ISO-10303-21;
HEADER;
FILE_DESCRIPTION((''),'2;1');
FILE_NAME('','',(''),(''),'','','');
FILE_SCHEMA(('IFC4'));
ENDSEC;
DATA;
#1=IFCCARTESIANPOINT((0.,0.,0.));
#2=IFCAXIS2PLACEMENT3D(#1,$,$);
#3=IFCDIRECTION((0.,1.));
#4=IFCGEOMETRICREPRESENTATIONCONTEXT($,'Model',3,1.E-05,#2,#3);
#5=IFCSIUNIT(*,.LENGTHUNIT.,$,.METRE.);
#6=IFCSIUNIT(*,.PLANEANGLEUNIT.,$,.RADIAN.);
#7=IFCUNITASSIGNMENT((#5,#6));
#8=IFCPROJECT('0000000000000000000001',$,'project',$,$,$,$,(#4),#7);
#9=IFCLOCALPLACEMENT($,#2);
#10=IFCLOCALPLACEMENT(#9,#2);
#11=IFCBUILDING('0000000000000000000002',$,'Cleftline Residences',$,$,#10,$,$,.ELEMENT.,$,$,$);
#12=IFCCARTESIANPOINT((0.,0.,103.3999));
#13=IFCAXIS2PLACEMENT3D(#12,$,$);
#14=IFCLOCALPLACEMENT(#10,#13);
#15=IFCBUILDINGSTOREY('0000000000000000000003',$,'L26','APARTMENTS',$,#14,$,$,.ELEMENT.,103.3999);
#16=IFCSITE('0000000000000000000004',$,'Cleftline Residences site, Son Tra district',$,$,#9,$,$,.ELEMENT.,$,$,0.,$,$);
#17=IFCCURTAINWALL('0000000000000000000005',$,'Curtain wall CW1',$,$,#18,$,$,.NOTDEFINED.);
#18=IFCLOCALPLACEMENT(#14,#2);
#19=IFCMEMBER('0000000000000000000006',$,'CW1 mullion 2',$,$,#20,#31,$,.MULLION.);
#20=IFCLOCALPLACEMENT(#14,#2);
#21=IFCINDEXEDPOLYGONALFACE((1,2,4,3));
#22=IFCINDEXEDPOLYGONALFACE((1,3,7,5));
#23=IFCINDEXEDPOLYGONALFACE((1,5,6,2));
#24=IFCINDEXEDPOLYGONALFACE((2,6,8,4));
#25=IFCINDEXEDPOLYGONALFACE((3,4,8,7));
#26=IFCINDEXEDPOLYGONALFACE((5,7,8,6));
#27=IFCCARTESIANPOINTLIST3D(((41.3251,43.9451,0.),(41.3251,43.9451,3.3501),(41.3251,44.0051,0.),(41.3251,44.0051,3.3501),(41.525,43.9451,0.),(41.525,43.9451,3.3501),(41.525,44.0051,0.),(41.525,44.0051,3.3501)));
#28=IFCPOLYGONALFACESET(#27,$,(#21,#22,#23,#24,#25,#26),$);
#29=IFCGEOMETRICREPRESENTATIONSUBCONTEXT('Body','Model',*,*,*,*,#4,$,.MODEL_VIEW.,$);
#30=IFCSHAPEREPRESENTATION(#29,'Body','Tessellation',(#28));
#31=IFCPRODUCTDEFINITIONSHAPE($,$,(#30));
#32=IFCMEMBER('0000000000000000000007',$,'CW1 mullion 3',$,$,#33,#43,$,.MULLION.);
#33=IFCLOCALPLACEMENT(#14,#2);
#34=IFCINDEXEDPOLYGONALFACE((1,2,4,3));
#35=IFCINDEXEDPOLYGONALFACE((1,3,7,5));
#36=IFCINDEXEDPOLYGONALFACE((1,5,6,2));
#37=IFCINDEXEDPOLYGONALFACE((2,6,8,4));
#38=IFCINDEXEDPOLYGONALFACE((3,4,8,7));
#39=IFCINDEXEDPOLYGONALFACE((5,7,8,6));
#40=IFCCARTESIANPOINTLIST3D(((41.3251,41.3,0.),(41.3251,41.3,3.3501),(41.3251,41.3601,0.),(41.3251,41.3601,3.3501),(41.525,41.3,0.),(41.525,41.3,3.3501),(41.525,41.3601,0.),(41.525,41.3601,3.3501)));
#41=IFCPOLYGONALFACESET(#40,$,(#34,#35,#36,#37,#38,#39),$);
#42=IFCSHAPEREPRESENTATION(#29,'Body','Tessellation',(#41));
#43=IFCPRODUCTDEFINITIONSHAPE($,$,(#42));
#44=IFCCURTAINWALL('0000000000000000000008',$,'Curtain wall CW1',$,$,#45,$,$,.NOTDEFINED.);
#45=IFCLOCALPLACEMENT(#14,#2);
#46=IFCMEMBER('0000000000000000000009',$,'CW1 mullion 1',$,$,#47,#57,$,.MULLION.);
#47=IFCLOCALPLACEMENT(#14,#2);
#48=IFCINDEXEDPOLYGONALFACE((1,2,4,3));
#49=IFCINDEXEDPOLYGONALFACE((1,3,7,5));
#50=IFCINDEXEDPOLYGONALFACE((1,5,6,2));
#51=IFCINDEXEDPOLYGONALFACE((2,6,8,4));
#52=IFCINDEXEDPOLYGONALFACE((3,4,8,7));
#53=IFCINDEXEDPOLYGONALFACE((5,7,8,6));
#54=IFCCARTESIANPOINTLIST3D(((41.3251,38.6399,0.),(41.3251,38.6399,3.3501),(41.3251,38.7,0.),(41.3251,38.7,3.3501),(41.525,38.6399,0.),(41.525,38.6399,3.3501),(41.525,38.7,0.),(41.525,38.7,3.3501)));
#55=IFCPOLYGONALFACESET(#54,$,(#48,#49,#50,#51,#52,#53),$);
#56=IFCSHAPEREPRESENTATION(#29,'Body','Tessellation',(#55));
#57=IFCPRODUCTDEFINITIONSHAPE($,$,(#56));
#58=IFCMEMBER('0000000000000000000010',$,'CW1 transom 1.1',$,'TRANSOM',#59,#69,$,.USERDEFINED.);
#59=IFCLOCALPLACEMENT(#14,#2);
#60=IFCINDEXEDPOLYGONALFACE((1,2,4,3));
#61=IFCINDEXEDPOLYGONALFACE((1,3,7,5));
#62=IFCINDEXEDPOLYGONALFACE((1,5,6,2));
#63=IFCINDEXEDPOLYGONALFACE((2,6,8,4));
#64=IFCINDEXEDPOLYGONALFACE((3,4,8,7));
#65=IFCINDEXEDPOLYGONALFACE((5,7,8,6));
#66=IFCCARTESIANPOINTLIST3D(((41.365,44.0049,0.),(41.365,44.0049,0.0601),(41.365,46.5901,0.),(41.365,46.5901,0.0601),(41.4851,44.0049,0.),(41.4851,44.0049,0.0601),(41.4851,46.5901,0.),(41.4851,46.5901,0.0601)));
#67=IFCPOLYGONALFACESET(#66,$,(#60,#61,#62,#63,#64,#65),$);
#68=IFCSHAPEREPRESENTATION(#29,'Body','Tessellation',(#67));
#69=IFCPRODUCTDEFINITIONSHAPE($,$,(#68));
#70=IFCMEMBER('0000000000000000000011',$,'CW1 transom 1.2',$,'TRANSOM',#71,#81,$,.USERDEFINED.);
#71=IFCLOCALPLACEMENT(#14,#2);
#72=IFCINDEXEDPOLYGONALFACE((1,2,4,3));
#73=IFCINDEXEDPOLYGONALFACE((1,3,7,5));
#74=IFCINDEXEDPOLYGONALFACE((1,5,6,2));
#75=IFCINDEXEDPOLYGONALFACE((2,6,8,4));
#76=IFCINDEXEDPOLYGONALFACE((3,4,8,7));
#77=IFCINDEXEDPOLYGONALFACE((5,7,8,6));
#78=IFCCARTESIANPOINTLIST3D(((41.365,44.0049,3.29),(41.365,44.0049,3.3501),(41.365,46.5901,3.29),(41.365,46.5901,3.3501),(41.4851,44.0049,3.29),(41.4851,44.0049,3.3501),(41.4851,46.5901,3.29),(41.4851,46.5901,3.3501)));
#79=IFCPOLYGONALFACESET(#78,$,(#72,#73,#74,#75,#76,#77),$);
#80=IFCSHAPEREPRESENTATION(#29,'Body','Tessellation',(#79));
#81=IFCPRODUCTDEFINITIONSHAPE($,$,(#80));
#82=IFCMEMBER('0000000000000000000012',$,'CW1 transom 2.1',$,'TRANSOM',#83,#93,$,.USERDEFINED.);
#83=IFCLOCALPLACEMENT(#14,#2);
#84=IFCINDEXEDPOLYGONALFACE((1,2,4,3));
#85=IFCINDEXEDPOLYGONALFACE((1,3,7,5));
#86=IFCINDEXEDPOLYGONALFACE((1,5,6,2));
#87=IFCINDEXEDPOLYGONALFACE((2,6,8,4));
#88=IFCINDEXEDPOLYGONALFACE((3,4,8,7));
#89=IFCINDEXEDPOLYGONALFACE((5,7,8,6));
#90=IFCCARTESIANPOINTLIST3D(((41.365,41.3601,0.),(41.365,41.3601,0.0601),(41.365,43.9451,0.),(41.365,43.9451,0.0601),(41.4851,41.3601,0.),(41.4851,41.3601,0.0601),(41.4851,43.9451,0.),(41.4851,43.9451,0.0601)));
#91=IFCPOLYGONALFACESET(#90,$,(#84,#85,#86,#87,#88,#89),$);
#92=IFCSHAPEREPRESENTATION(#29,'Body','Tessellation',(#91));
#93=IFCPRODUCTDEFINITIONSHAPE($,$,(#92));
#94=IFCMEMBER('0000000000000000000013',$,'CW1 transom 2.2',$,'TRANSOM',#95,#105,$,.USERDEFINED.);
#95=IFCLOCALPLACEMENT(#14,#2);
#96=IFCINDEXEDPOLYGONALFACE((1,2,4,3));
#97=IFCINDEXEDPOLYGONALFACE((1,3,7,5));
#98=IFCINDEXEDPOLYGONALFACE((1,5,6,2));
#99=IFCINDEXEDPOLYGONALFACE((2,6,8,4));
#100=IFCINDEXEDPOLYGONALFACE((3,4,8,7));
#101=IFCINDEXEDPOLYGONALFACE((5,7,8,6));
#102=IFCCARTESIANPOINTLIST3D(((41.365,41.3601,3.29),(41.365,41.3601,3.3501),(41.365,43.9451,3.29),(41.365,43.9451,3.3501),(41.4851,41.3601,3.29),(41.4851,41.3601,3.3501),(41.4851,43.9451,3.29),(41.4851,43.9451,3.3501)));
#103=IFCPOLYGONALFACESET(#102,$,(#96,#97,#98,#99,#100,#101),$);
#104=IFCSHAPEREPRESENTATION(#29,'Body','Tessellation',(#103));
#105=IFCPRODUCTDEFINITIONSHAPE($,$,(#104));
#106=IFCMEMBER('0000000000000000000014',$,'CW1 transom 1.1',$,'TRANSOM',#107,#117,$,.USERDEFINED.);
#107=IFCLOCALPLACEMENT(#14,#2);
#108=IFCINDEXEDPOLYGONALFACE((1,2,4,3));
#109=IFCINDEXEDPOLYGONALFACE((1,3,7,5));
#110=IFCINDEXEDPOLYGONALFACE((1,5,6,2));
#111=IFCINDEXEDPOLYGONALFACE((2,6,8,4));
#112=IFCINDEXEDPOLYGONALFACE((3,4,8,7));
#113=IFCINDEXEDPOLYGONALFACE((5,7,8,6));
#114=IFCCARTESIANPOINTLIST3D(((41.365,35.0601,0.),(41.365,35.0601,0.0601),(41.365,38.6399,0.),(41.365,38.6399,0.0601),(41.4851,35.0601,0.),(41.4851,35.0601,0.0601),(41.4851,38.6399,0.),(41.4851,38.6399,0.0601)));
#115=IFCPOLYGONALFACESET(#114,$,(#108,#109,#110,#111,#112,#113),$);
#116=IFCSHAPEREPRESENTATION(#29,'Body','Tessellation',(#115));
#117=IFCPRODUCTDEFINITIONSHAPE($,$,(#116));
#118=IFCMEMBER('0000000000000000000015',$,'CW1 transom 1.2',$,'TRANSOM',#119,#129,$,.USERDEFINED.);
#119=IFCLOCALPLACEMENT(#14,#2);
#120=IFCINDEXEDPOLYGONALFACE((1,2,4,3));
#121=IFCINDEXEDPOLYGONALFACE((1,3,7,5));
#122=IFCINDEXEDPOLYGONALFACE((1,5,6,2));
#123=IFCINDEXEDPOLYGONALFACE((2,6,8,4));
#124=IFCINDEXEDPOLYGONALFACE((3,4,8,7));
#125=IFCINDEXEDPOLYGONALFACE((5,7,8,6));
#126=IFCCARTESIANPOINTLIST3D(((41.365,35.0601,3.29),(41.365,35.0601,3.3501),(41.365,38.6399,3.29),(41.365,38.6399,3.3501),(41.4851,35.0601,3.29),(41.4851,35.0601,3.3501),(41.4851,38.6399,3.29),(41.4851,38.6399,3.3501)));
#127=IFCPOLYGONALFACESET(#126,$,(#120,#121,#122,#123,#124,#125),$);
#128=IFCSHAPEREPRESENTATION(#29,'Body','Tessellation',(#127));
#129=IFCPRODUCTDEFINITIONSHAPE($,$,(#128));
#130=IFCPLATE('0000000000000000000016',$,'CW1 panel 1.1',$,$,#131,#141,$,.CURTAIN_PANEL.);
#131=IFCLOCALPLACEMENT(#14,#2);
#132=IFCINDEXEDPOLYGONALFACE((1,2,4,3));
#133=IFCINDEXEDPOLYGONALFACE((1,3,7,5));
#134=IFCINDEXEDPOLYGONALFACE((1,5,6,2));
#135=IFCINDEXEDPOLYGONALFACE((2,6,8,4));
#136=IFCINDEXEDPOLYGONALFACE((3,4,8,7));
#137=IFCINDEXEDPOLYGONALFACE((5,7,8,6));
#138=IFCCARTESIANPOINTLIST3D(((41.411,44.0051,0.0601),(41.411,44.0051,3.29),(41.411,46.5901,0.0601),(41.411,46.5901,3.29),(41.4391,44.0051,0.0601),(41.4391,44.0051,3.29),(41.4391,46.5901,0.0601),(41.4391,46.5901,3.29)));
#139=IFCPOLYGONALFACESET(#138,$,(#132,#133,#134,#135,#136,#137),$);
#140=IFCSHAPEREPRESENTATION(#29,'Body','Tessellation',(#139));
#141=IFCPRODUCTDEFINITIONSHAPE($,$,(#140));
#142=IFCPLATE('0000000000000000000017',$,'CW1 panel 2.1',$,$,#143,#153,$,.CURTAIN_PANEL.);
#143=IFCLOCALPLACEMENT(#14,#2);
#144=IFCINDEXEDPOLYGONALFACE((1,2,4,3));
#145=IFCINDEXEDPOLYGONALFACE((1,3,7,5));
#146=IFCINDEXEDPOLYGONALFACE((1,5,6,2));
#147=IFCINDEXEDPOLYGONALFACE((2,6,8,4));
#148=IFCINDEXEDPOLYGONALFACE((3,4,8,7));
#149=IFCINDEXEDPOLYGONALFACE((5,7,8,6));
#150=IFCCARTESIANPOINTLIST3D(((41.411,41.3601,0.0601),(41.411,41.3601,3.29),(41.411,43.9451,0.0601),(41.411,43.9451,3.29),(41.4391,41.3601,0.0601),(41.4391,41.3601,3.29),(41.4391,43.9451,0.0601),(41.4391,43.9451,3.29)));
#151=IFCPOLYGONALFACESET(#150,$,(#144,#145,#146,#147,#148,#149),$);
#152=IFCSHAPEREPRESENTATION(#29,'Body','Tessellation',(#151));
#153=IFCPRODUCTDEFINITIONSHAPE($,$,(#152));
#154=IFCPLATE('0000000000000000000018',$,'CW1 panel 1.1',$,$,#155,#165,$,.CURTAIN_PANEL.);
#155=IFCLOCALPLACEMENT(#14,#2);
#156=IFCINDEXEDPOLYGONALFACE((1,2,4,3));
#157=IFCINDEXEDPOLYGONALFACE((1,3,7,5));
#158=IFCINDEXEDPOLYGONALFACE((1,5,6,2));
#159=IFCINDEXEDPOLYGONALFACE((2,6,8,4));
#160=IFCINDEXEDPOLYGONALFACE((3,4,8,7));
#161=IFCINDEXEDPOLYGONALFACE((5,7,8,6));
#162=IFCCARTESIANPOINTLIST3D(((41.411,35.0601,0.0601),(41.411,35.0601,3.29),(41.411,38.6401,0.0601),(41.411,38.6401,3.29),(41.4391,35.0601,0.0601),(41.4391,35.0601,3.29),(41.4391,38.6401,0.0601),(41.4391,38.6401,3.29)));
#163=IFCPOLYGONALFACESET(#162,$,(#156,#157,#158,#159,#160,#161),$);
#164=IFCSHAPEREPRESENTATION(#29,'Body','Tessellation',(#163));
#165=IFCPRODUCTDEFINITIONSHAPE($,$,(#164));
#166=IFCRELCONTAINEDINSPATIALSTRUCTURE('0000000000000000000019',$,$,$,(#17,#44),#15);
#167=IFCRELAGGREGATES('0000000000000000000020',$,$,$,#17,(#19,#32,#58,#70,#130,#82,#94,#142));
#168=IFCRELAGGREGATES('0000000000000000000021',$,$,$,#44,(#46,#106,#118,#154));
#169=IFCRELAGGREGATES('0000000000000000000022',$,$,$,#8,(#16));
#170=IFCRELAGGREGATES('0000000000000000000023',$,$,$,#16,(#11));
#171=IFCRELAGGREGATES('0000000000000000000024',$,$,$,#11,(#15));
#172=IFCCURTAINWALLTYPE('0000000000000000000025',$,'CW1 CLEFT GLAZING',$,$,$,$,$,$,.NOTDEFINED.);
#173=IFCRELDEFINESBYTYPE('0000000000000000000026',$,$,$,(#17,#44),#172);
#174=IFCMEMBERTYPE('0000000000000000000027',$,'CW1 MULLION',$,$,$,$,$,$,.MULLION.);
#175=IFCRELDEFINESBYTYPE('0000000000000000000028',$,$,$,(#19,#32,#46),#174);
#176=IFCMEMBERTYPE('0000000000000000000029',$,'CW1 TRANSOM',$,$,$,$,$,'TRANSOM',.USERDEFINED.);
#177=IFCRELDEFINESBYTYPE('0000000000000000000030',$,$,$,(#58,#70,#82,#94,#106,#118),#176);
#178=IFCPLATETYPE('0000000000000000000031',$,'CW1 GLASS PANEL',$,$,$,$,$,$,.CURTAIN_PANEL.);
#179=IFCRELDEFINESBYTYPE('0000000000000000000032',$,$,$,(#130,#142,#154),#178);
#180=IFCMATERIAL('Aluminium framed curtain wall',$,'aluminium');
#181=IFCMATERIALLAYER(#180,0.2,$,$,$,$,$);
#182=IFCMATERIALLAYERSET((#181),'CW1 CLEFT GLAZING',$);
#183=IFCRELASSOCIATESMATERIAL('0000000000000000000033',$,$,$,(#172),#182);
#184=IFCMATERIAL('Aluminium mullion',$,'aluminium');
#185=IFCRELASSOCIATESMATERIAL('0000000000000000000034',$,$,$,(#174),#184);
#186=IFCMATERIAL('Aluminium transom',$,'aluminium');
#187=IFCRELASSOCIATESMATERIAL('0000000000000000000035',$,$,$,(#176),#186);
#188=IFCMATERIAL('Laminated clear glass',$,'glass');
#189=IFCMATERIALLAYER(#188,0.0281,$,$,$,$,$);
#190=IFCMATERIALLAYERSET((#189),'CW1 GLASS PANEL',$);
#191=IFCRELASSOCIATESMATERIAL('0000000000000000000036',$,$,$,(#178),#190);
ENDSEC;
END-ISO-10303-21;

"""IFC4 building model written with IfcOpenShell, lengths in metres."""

from ifc_helpers import new_model, si_unit, direction, frame, origin, origin_2d, place, context, subcontext, project, spatial, rectangle, extrude, material, layer, layer_set, material_profile, profile_set, type_object, element, aggregate, save


model = new_model("IFC4")

# Units and contexts
model_context = context("Model", 3, precision=1e-05, world=origin(), true_north=direction((0.0, 1.0)))
body_context = subcontext(model_context, "Body", "Model", "MODEL_VIEW")
ifc_project = project(units=[si_unit("LENGTHUNIT", "METRE"), si_unit("PLANEANGLEUNIT", "RADIAN")], contexts=[model_context])

# Site, building, storey
site_placement = place(None, origin())
site = spatial("IfcSite", under=ifc_project, at=site_placement, Name="Cleftline Residences site, Son Tra district", CompositionType="ELEMENT", RefElevation=0.0)
building_placement = place(site_placement, origin())
building = spatial("IfcBuilding", under=site, at=building_placement, Name="Cleftline Residences", CompositionType="ELEMENT")
storey_placement = place(building_placement, frame((0.0, 0.0, 103.3999)))
storey = spatial("IfcBuildingStorey", under=building, at=storey_placement, Name="L26", Description="APARTMENTS", CompositionType="ELEMENT", Elevation=103.3999)

# Curtain wall, members
ifc_material_1 = material(Name="Aluminium framed curtain wall", Category="aluminium")
ifc_layer_1 = layer(ifc_material_1, 0.2)
ifc_layer_set_1 = layer_set([ifc_layer_1], Name="CW1 CLEFT GLAZING")
curtain_wall_type = type_object("IfcCurtainWallType", Name="CW1 CLEFT GLAZING", PredefinedType="NOTDEFINED", material=ifc_layer_set_1)
curtain_wall_1_placement = place(storey_placement, origin())
curtain_wall_1 = element("IfcCurtainWall", 1, at=curtain_wall_1_placement, inside=storey, type_object=curtain_wall_type, Name="Curtain wall CW1", PredefinedType="NOTDEFINED")
ifc_material_2 = material(Name="Aluminium mullion", Category="aluminium")
ifc_material_profile_1 = material_profile(ifc_material_2, rectangle(XDim=0.2, YDim=0.0601, at=origin_2d()))
ifc_profile_set_1 = profile_set([ifc_material_profile_1], Name="Aluminium mullion")
member_type_1 = type_object("IfcMemberType", Name="CW1 MULLION", PredefinedType="MULLION", material=ifc_profile_set_1)
member_1_placement = place(storey_placement, frame((41.425, 43.9751, 0.0), z_axis=(0.0, 0.0, 1.0), x_axis=(1.0, 0.0, 0.0)))
member_1 = element("IfcMember", 2, at=member_1_placement, type_object=member_type_1, Name="CW1 mullion 2", PredefinedType="MULLION", context=body_context, shape_type="SweptSolid", body=[
    extrude(rectangle(XDim=0.2, YDim=0.0601, at=origin_2d()), origin(), (0.0, 0.0, 1.0), 3.3501),
])
member_2_placement = place(storey_placement, frame((41.425, 41.3301, 0.0), z_axis=(0.0, 0.0, 1.0), x_axis=(1.0, 0.0, 0.0)))
member_2 = element("IfcMember", 3, at=member_2_placement, type_object=member_type_1, Name="CW1 mullion 3", PredefinedType="MULLION", context=body_context, shape_type="SweptSolid", body=[
    extrude(rectangle(XDim=0.2, YDim=0.0601, at=origin_2d()), origin(), (0.0, 0.0, 1.0), 3.3501),
])

# Curtain wall, member
curtain_wall_2_placement = place(storey_placement, origin())
curtain_wall_2 = element("IfcCurtainWall", 4, at=curtain_wall_2_placement, inside=storey, type_object=curtain_wall_type, Name="Curtain wall CW1", PredefinedType="NOTDEFINED")
member_3_placement = place(storey_placement, frame((41.425, 38.6699, 0.0), z_axis=(0.0, 0.0, 1.0), x_axis=(1.0, 0.0, 0.0)))
member_3 = element("IfcMember", 5, at=member_3_placement, type_object=member_type_1, Name="CW1 mullion 1", PredefinedType="MULLION", context=body_context, shape_type="SweptSolid", body=[
    extrude(rectangle(XDim=0.2, YDim=0.0601, at=origin_2d()), origin(), (0.0, 0.0, 1.0), 3.3501),
])

# Members
ifc_material_3 = material(Name="Aluminium transom", Category="aluminium")
ifc_material_profile_2 = material_profile(ifc_material_3, rectangle(XDim=0.1201, YDim=0.0601, at=origin_2d()))
ifc_profile_set_2 = profile_set([ifc_material_profile_2], Name="Aluminium transom")
member_type_2 = type_object("IfcMemberType", Name="CW1 TRANSOM", ElementType="TRANSOM", PredefinedType="USERDEFINED", material=ifc_profile_set_2)
member_4_placement = place(storey_placement, frame((41.425, 46.5901, 0.03), z_axis=(0.0, -1.0, 0.0), x_axis=(1.0, 0.0, 0.0)))
member_4 = element("IfcMember", 6, at=member_4_placement, type_object=member_type_2, Name="CW1 transom 1.1", ObjectType="TRANSOM", PredefinedType="USERDEFINED", context=body_context, shape_type="SweptSolid", body=[
    extrude(rectangle(XDim=0.1201, YDim=0.0601, at=origin_2d()), origin(), (0.0, 0.0, 1.0), 2.5852),
])
member_5_placement = place(storey_placement, frame((41.425, 46.5901, 3.3201), z_axis=(0.0, -1.0, 0.0), x_axis=(1.0, 0.0, 0.0)))
member_5 = element("IfcMember", 7, at=member_5_placement, type_object=member_type_2, Name="CW1 transom 1.2", ObjectType="TRANSOM", PredefinedType="USERDEFINED", context=body_context, shape_type="SweptSolid", body=[
    extrude(rectangle(XDim=0.1201, YDim=0.0601, at=origin_2d()), origin(), (0.0, 0.0, 1.0), 2.5852),
])
member_6_placement = place(storey_placement, frame((41.425, 43.9451, 0.03), z_axis=(0.0, -1.0, 0.0), x_axis=(1.0, 0.0, 0.0)))
member_6 = element("IfcMember", 8, at=member_6_placement, type_object=member_type_2, Name="CW1 transom 2.1", ObjectType="TRANSOM", PredefinedType="USERDEFINED", context=body_context, shape_type="SweptSolid", body=[
    extrude(rectangle(XDim=0.1201, YDim=0.0601, at=origin_2d()), origin(), (0.0, 0.0, 1.0), 2.585),
])
member_7_placement = place(storey_placement, frame((41.425, 43.9451, 3.3201), z_axis=(0.0, -1.0, 0.0), x_axis=(1.0, 0.0, 0.0)))
member_7 = element("IfcMember", 9, at=member_7_placement, type_object=member_type_2, Name="CW1 transom 2.2", ObjectType="TRANSOM", PredefinedType="USERDEFINED", context=body_context, shape_type="SweptSolid", body=[
    extrude(rectangle(XDim=0.1201, YDim=0.0601, at=origin_2d()), origin(), (0.0, 0.0, 1.0), 2.585),
])
member_8_placement = place(storey_placement, frame((41.425, 38.6399, 0.03), z_axis=(0.0, -1.0, 0.0), x_axis=(1.0, 0.0, 0.0)))
member_8 = element("IfcMember", 10, at=member_8_placement, type_object=member_type_2, Name="CW1 transom 1.1", ObjectType="TRANSOM", PredefinedType="USERDEFINED", context=body_context, shape_type="SweptSolid", body=[
    extrude(rectangle(XDim=0.1201, YDim=0.0601, at=origin_2d()), origin(), (0.0, 0.0, 1.0), 3.5798),
])
member_9_placement = place(storey_placement, frame((41.425, 38.6399, 3.3201), z_axis=(0.0, -1.0, 0.0), x_axis=(1.0, 0.0, 0.0)))
member_9 = element("IfcMember", 11, at=member_9_placement, type_object=member_type_2, Name="CW1 transom 1.2", ObjectType="TRANSOM", PredefinedType="USERDEFINED", context=body_context, shape_type="SweptSolid", body=[
    extrude(rectangle(XDim=0.1201, YDim=0.0601, at=origin_2d()), origin(), (0.0, 0.0, 1.0), 3.5798),
])

# Plates
ifc_material_4 = material(Name="Laminated clear glass", Category="glass")
ifc_layer_2 = layer(ifc_material_4, 0.0281)
ifc_layer_set_2 = layer_set([ifc_layer_2], Name="CW1 GLASS PANEL")
plate_type = type_object("IfcPlateType", Name="CW1 GLASS PANEL", PredefinedType="CURTAIN_PANEL", material=ifc_layer_set_2)
plate_1_placement = place(storey_placement, frame((41.425, 45.2976, 0.0601), z_axis=(0.0, 0.0, 1.0), x_axis=(0.0, -1.0, 0.0)))
plate_1 = element("IfcPlate", 12, at=plate_1_placement, type_object=plate_type, Name="CW1 panel 1.1", PredefinedType="CURTAIN_PANEL", context=body_context, shape_type="SweptSolid", body=[
    extrude(rectangle(XDim=2.585, YDim=0.0281, at=origin_2d()), origin(), (0.0, 0.0, 1.0), 3.23),
])
plate_2_placement = place(storey_placement, frame((41.425, 42.6526, 0.0601), z_axis=(0.0, 0.0, 1.0), x_axis=(0.0, -1.0, 0.0)))
plate_2 = element("IfcPlate", 13, at=plate_2_placement, type_object=plate_type, Name="CW1 panel 2.1", PredefinedType="CURTAIN_PANEL", context=body_context, shape_type="SweptSolid", body=[
    extrude(rectangle(XDim=2.585, YDim=0.0281, at=origin_2d()), origin(), (0.0, 0.0, 1.0), 3.23),
])
aggregate(curtain_wall_1, [member_1, member_2, member_4, member_5, plate_1, member_6, member_7, plate_2])
plate_3_placement = place(storey_placement, frame((41.425, 36.8501, 0.0601), z_axis=(0.0, 0.0, 1.0), x_axis=(0.0, -1.0, 0.0)))
plate_3 = element("IfcPlate", 14, at=plate_3_placement, type_object=plate_type, Name="CW1 panel 1.1", PredefinedType="CURTAIN_PANEL", context=body_context, shape_type="SweptSolid", body=[
    extrude(rectangle(XDim=3.5801, YDim=0.0281, at=origin_2d()), origin(), (0.0, 0.0, 1.0), 3.23),
])
aggregate(curtain_wall_2, [member_3, member_8, member_9, plate_3])

save(model, "model.ifc")
